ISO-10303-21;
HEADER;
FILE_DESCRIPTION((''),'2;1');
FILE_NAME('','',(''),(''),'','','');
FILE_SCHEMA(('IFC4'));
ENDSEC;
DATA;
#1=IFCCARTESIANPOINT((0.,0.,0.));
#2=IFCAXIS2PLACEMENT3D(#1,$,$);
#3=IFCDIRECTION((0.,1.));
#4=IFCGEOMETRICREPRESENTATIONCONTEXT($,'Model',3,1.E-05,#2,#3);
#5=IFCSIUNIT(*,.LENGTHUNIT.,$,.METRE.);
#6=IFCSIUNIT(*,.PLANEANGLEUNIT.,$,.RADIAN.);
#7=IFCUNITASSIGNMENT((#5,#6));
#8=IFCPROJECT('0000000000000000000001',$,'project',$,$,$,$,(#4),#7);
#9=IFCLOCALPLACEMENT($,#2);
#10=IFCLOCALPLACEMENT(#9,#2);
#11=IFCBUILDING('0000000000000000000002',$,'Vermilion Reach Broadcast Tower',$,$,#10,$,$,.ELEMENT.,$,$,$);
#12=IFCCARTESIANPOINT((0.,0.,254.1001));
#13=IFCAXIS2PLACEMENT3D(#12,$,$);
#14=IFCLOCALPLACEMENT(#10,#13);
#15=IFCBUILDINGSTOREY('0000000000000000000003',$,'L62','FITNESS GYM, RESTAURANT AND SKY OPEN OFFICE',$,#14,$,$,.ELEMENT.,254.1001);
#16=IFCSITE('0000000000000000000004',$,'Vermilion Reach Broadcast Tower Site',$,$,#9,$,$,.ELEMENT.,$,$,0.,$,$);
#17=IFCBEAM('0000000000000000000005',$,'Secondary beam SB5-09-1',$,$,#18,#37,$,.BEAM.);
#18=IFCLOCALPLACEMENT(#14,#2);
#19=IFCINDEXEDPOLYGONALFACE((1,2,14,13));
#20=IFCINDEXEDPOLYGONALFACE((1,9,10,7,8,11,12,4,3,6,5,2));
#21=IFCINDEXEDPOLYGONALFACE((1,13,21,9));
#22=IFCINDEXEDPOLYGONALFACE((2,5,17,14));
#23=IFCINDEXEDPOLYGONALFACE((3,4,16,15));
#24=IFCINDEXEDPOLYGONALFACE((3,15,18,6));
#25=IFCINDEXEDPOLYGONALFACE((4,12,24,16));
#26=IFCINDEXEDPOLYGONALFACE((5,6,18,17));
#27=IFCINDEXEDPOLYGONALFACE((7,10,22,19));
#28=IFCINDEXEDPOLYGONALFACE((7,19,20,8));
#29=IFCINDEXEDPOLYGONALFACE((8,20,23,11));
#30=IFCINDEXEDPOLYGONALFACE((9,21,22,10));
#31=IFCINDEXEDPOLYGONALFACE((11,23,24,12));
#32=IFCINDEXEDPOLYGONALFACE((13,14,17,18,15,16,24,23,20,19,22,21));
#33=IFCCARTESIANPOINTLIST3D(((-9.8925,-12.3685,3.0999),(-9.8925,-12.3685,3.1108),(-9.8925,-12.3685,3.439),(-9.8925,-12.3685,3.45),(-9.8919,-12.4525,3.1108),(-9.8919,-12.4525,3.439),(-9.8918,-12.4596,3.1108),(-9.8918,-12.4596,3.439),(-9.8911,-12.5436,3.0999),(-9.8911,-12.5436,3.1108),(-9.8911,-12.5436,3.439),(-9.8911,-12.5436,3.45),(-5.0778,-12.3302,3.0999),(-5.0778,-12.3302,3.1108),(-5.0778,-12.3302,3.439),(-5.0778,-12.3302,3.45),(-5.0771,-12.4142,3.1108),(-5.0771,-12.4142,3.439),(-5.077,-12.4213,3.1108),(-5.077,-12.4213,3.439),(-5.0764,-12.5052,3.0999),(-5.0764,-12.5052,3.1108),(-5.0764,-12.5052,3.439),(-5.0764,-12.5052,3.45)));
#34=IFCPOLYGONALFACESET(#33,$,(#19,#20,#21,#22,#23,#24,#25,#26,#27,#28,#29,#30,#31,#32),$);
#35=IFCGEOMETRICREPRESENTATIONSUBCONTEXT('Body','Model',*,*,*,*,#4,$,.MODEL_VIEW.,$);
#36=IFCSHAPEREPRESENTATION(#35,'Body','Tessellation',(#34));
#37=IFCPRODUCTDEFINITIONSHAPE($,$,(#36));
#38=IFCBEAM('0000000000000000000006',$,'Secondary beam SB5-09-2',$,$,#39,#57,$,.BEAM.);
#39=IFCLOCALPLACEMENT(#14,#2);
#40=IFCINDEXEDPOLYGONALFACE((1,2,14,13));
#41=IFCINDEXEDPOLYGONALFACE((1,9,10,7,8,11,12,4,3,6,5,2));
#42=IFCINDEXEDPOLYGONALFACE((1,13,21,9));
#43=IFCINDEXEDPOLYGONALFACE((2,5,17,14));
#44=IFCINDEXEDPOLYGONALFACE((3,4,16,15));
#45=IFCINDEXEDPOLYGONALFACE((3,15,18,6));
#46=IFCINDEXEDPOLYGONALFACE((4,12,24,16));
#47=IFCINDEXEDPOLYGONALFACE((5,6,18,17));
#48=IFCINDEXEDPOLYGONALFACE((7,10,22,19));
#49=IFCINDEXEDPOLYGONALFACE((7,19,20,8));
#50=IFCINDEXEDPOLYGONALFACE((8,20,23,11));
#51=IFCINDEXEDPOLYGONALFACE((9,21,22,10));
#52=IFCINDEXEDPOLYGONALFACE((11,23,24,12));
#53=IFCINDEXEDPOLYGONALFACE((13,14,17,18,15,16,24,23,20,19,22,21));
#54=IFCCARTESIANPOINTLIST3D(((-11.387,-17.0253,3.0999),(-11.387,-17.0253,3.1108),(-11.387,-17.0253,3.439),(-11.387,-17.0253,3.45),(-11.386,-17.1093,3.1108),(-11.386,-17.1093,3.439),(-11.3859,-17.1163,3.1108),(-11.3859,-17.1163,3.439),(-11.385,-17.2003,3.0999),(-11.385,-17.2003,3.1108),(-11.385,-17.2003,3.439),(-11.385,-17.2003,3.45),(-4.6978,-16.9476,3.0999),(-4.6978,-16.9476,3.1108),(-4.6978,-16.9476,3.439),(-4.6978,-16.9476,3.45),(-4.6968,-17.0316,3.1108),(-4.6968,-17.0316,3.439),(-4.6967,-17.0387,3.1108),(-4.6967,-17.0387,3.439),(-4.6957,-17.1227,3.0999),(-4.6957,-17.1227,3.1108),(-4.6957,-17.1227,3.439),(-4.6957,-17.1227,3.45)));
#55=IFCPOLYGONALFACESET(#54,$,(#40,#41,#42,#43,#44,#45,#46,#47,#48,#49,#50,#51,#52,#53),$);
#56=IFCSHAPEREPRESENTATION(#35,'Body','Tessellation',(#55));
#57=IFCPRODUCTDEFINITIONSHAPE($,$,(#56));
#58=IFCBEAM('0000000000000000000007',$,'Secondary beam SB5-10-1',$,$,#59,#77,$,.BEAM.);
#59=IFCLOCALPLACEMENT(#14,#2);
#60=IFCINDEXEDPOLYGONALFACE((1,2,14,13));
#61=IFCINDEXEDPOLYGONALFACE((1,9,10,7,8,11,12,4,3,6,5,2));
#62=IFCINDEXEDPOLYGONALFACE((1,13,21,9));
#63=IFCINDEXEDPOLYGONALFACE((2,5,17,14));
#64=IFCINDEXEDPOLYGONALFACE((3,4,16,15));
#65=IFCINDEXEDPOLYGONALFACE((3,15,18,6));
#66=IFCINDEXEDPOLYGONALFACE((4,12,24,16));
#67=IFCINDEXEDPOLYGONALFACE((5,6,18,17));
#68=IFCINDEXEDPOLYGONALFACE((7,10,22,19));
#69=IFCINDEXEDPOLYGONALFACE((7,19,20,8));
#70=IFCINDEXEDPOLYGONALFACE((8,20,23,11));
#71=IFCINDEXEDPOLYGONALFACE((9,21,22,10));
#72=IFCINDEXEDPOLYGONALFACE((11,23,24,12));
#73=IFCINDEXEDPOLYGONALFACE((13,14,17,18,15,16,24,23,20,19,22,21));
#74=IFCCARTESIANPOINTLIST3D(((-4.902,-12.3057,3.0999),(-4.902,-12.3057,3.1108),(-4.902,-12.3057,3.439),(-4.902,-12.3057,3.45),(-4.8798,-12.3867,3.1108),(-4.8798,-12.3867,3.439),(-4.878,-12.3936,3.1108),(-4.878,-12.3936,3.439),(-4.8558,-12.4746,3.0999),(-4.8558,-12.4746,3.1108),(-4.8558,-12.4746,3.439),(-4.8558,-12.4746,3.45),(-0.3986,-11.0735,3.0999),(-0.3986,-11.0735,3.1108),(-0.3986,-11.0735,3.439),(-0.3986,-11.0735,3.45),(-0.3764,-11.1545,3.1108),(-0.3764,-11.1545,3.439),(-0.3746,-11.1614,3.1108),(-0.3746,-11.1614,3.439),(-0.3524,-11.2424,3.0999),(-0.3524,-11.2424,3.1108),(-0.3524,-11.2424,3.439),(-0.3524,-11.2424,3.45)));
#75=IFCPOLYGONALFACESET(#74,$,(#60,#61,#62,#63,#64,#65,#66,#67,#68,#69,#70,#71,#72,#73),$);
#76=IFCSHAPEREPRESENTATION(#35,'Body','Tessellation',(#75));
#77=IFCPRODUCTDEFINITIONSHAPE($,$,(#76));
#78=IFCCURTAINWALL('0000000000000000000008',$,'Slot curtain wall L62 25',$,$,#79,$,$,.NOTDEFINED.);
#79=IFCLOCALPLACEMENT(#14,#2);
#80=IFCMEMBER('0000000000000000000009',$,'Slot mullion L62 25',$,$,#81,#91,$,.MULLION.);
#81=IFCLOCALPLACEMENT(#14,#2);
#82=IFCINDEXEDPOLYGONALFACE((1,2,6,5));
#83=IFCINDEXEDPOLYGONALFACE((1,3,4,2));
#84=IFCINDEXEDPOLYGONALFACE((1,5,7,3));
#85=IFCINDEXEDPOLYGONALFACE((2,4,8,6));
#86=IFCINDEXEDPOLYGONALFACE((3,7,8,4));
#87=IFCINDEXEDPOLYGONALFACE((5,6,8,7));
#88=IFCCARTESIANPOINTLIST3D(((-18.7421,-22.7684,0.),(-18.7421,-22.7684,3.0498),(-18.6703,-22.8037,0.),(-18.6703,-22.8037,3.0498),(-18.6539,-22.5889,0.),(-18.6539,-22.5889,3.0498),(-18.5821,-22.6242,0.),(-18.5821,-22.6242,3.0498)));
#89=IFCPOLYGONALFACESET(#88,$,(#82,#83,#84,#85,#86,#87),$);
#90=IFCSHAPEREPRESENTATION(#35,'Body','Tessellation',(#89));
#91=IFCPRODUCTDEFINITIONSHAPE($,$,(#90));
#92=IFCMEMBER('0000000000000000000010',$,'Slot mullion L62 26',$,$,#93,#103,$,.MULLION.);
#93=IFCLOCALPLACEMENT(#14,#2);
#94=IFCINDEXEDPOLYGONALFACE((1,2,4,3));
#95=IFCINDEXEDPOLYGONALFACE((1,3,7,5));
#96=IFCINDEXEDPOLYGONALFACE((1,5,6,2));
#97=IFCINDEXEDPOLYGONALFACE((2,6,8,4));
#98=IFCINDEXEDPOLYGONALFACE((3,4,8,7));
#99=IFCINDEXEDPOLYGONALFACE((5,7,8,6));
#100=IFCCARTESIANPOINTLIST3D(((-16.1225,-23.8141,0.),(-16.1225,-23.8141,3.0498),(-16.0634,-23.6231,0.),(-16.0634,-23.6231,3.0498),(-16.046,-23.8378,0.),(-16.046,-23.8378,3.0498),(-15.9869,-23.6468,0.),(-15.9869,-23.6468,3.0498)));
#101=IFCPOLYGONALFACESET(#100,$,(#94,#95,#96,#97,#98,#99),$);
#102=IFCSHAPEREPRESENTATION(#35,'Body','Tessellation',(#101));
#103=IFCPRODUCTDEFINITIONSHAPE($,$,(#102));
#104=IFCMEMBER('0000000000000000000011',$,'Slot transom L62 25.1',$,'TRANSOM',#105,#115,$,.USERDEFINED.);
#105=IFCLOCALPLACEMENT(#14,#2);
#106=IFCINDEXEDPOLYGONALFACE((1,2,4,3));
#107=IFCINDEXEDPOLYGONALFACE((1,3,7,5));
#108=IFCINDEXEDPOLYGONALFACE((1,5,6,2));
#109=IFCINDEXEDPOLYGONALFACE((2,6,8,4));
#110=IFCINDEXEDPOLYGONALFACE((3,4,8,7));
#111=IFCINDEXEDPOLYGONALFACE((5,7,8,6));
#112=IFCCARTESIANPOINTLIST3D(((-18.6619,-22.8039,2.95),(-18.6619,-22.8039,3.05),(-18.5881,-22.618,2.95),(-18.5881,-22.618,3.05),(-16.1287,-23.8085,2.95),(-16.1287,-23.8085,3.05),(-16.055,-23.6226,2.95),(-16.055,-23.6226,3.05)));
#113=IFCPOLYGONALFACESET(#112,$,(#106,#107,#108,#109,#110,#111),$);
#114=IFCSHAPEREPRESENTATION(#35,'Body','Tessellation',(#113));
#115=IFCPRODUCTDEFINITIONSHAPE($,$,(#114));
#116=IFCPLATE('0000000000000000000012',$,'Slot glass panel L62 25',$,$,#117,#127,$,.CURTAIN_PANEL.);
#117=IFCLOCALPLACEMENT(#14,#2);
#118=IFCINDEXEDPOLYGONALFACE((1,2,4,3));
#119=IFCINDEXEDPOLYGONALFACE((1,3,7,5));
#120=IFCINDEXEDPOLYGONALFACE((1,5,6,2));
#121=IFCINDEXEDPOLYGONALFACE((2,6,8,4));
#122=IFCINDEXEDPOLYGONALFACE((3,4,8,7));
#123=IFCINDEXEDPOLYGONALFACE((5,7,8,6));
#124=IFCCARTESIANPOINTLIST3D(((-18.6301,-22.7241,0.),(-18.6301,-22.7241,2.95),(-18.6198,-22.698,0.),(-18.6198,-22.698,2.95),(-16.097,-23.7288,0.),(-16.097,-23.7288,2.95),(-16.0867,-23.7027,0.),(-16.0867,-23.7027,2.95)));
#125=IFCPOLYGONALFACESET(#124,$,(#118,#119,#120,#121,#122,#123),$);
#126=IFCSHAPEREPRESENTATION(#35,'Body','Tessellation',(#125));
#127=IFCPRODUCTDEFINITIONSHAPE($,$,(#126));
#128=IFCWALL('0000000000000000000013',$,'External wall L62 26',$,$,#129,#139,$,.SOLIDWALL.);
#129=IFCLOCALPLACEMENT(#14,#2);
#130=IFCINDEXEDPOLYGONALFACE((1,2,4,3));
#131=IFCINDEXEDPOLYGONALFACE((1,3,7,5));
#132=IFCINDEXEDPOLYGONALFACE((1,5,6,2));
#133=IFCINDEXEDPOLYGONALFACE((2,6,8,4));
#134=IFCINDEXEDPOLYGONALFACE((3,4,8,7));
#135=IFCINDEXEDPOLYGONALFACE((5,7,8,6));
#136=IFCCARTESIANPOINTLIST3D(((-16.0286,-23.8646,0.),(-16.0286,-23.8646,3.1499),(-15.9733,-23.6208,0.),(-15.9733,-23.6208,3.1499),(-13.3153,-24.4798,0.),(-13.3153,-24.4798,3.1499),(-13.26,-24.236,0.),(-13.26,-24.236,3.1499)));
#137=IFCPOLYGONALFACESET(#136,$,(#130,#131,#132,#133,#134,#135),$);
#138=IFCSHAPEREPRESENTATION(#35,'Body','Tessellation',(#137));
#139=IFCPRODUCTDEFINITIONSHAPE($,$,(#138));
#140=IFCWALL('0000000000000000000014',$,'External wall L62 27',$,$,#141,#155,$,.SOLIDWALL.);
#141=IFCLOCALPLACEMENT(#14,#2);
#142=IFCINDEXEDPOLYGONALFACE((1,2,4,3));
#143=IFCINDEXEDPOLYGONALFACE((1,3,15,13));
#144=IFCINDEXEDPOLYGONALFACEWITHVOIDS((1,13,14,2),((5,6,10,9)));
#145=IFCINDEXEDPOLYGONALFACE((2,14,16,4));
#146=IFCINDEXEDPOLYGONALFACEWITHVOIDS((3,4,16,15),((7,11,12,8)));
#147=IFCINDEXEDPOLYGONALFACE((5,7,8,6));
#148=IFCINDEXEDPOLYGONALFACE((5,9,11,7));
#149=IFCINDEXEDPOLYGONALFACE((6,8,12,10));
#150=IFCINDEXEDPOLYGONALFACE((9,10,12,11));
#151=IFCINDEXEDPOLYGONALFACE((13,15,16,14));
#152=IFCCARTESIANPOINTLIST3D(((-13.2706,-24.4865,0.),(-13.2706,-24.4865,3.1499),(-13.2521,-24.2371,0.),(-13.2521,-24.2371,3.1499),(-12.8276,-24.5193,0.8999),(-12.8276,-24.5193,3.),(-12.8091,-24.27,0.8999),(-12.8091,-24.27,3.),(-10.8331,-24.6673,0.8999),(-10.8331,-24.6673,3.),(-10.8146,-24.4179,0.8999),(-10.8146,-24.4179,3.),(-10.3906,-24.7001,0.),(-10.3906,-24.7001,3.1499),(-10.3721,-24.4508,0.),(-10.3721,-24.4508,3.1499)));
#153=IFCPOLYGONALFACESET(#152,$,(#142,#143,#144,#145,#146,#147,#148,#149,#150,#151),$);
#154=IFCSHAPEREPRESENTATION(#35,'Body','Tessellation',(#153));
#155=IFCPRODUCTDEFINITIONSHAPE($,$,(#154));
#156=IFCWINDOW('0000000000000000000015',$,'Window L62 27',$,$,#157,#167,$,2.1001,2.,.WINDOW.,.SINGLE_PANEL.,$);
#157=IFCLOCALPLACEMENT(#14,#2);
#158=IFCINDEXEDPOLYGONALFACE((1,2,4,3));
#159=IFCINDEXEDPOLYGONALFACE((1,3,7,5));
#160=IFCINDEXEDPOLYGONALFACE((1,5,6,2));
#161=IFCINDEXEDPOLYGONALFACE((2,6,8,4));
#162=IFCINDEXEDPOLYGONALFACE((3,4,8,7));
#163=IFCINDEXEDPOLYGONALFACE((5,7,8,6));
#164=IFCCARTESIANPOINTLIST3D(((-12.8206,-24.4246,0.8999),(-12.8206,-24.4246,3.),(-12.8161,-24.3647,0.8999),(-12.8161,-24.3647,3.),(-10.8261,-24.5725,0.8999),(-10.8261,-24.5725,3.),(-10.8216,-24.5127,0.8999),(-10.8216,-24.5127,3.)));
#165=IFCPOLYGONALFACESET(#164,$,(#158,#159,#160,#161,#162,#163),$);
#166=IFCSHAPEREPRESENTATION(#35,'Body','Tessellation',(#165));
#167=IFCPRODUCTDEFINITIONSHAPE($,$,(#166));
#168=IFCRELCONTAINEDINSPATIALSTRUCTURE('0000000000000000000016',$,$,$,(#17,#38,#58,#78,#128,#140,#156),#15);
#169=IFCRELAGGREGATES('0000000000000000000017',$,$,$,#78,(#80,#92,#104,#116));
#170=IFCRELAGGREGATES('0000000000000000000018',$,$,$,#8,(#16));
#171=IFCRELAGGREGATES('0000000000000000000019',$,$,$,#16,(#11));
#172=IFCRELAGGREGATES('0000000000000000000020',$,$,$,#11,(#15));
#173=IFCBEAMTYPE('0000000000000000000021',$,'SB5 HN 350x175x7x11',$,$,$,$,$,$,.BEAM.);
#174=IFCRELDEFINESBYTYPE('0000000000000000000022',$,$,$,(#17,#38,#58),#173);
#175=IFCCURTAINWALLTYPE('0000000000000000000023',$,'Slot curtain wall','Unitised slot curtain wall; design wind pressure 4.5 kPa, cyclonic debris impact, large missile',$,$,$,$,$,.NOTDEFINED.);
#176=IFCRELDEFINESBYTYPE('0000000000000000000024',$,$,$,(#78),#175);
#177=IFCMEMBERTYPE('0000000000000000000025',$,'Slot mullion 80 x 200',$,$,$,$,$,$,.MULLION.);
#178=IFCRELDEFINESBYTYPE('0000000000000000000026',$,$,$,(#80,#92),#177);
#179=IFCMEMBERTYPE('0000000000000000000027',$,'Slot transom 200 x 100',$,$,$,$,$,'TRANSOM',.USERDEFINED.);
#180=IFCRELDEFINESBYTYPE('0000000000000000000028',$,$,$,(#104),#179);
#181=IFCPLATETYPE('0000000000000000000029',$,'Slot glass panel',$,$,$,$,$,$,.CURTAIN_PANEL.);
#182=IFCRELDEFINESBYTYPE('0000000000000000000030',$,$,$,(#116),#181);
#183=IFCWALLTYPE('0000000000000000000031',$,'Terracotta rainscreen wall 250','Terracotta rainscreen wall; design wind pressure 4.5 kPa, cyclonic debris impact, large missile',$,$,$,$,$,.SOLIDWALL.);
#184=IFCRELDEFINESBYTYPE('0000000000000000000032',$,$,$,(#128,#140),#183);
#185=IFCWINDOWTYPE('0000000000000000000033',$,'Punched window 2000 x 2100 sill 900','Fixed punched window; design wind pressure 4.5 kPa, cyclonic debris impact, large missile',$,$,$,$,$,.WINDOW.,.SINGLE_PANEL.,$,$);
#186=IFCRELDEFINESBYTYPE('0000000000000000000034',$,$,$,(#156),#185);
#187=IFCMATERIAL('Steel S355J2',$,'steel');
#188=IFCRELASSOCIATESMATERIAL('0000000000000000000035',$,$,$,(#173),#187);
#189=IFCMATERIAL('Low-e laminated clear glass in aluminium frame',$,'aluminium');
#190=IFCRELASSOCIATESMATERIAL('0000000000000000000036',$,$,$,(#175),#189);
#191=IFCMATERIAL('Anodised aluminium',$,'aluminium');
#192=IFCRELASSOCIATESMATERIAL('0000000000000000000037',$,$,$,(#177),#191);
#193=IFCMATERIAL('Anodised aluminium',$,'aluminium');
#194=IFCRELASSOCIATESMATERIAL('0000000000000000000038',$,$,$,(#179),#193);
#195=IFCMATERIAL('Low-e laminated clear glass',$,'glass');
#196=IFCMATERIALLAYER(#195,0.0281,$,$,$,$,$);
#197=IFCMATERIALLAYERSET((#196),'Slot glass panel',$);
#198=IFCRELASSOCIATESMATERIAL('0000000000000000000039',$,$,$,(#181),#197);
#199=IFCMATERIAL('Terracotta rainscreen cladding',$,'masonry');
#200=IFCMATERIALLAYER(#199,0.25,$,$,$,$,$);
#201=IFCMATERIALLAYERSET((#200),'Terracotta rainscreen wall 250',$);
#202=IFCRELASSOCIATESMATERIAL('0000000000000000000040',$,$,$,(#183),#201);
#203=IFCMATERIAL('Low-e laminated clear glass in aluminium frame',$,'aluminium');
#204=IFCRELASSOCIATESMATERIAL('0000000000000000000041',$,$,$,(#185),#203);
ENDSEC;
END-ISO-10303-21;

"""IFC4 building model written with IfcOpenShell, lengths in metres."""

from ifc_helpers import new_model, si_unit, direction, frame, frame_2d, origin, origin_2d, place, context, subcontext, project, spatial, rectangle, i_section, extrude, material, layer, layer_set, material_profile, profile_set, type_object, element, fill, aggregate, save


model = new_model("IFC4")

# Units and contexts
model_context = context("Model", 3, precision=1e-05, world=origin(), true_north=direction((0.0, 1.0)))
body_context = subcontext(model_context, "Body", "Model", "MODEL_VIEW")
ifc_project = project(units=[si_unit("LENGTHUNIT", "METRE"), si_unit("PLANEANGLEUNIT", "RADIAN")], contexts=[model_context])

# Site, building, storey
site_placement = place(None, origin())
site = spatial("IfcSite", under=ifc_project, at=site_placement, Name="Vermilion Reach Broadcast Tower Site", CompositionType="ELEMENT", RefElevation=0.0)
building_placement = place(site_placement, origin())
building = spatial("IfcBuilding", under=site, at=building_placement, Name="Vermilion Reach Broadcast Tower", CompositionType="ELEMENT")
storey_placement = place(building_placement, frame((0.0, 0.0, 254.1001)))
storey = spatial("IfcBuildingStorey", under=building, at=storey_placement, Name="L62", Description="FITNESS GYM, RESTAURANT AND SKY OPEN OFFICE", CompositionType="ELEMENT", Elevation=254.1001)

# Beams
ifc_material_1 = material(Name="Steel S355J2", Category="steel")
ifc_material_profile_1 = material_profile(ifc_material_1, i_section(OverallWidth=0.175, OverallDepth=0.3501, WebThickness=0.0071, FlangeThickness=0.011, at=origin_2d()), Name="S355J2 HN 350x175x7x11")
ifc_profile_set_1 = profile_set([ifc_material_profile_1], Name="Steel S355J2")
beam_type_1 = type_object("IfcBeamType", Name="SB5 HN 350x175x7x11", PredefinedType="BEAM", material=ifc_profile_set_1)
beam_1_placement = place(storey_placement, frame((-9.8918, -12.4561, 3.2749), z_axis=(0.999968, 0.007961, 0.0), x_axis=(-0.007961, 0.999968, 0.0)))
element("IfcBeam", 1, at=beam_1_placement, inside=storey, type_object=beam_type_1, Name="Secondary beam SB5-09-1", PredefinedType="BEAM", context=body_context, shape_type="SweptSolid", body=[
    extrude(i_section(OverallWidth=0.175, OverallDepth=0.3501, WebThickness=0.0071, FlangeThickness=0.011, at=origin_2d()), origin(), (0.0, 0.0, 1.0), 4.8149),
])
beam_2_placement = place(storey_placement, frame((-11.386, -17.1128, 3.2749), z_axis=(0.999933, 0.011605, 0.0), x_axis=(-0.011605, 0.999933, 0.0)))
element("IfcBeam", 2, at=beam_2_placement, inside=storey, type_object=beam_type_1, Name="Secondary beam SB5-09-2", PredefinedType="BEAM", context=body_context, shape_type="SweptSolid", body=[
    extrude(i_section(OverallWidth=0.175, OverallDepth=0.3501, WebThickness=0.0071, FlangeThickness=0.011, at=origin_2d()), origin(), (0.0, 0.0, 1.0), 6.6897),
])
beam_3_placement = place(storey_placement, frame((-4.8789, -12.3901, 3.2749), z_axis=(0.964547, 0.263909, 0.0), x_axis=(-0.263909, 0.964547, 0.0)))
element("IfcBeam", 3, at=beam_3_placement, inside=storey, type_object=beam_type_1, Name="Secondary beam SB5-10-1", PredefinedType="BEAM", context=body_context, shape_type="SweptSolid", body=[
    extrude(i_section(OverallWidth=0.175, OverallDepth=0.3501, WebThickness=0.0071, FlangeThickness=0.011, at=origin_2d()), origin(), (0.0, 0.0, 1.0), 4.6689),
])

# Curtain wall, members, plate
ifc_material_2 = material(Name="Low-e laminated clear glass in aluminium frame", Category="aluminium")
curtain_wall_type = type_object("IfcCurtainWallType", Name="Slot curtain wall", Description="Unitised slot curtain wall; design wind pressure 4.5 kPa, cyclonic debris impact, large missile", PredefinedType="NOTDEFINED", material=ifc_material_2)
curtain_wall_placement = place(storey_placement, origin())
curtain_wall = element("IfcCurtainWall", 4, at=curtain_wall_placement, inside=storey, type_object=curtain_wall_type, Name="Slot curtain wall L62 25", PredefinedType="NOTDEFINED")
ifc_material_3 = material(Name="Anodised aluminium", Category="aluminium")
ifc_material_profile_2 = material_profile(ifc_material_3, rectangle(XDim=0.2, YDim=0.0801, at=origin_2d()), Name="Slot mullion 80 x 200")
ifc_profile_set_2 = profile_set([ifc_material_profile_2], Name="Anodised aluminium")
member_type_1 = type_object("IfcMemberType", Name="Slot mullion 80 x 200", PredefinedType="MULLION", material=ifc_profile_set_2)
member_1_placement = place(storey_placement, frame((-18.6621, -22.6963, 0.0), z_axis=(0.0, 0.0, 1.0), x_axis=(0.441053, 0.897481, 0.0)))
member_1 = element("IfcMember", 5, at=member_1_placement, type_object=member_type_1, Name="Slot mullion L62 25", PredefinedType="MULLION", context=body_context, shape_type="SweptSolid", body=[
    extrude(rectangle(XDim=0.2, YDim=0.0801, at=origin_2d()), origin(), (0.0, 0.0, 1.0), 3.0498),
])
member_2_placement = place(storey_placement, frame((-16.0547, -23.7305, 0.0), z_axis=(0.0, 0.0, 1.0), x_axis=(0.295817, 0.955245, 0.0)))
member_2 = element("IfcMember", 6, at=member_2_placement, type_object=member_type_1, Name="Slot mullion L62 26", PredefinedType="MULLION", context=body_context, shape_type="SweptSolid", body=[
    extrude(rectangle(XDim=0.2, YDim=0.0801, at=origin_2d()), origin(), (0.0, 0.0, 1.0), 3.0498),
])
ifc_material_4 = material(Name="Anodised aluminium", Category="aluminium")
ifc_material_profile_3 = material_profile(ifc_material_4, rectangle(XDim=0.2, YDim=0.1001, at=origin_2d()), Name="Slot transom 200 x 100")
ifc_profile_set_3 = profile_set([ifc_material_profile_3], Name="Anodised aluminium")
member_type_2 = type_object("IfcMemberType", Name="Slot transom 200 x 100", ElementType="TRANSOM", PredefinedType="USERDEFINED", material=ifc_profile_set_3)
member_3_placement = place(storey_placement, frame((-18.625, -22.7109, 3.0), z_axis=(0.929566, -0.368655, 0.0), x_axis=(0.368655, 0.929566, 0.0)))
member_3 = element("IfcMember", 7, at=member_3_placement, type_object=member_type_2, Name="Slot transom L62 25.1", ObjectType="TRANSOM", PredefinedType="USERDEFINED", context=body_context, shape_type="SweptSolid", body=[
    extrude(rectangle(XDim=0.2, YDim=0.1001, at=origin_2d()), origin(), (0.0, 0.0, 1.0), 2.7251),
])
ifc_material_5 = material(Name="Low-e laminated clear glass", Category="glass")
ifc_layer_1 = layer(ifc_material_5, 0.0281)
ifc_layer_set_1 = layer_set([ifc_layer_1], Name="Slot glass panel")
plate_type = type_object("IfcPlateType", Name="Slot glass panel", PredefinedType="CURTAIN_PANEL", material=ifc_layer_set_1)
plate_placement = place(storey_placement, frame((-17.3584, -23.2134, 0.0), z_axis=(0.0, 0.0, 1.0), x_axis=(0.929549, -0.368699, 0.0)))
plate = element("IfcPlate", 8, at=plate_placement, type_object=plate_type, Name="Slot glass panel L62 25", PredefinedType="CURTAIN_PANEL", context=body_context, shape_type="SweptSolid", body=[
    extrude(rectangle(XDim=2.7251, YDim=0.0281, at=origin_2d()), origin(), (0.0, 0.0, 1.0), 2.95),
])
aggregate(curtain_wall, [member_1, member_2, member_3, plate])

# Wall
ifc_material_6 = material(Name="Terracotta rainscreen cladding", Category="masonry")
ifc_layer_2 = layer(ifc_material_6, 0.25)
ifc_layer_set_2 = layer_set([ifc_layer_2], Name="Terracotta rainscreen wall 250")
wall_type = type_object("IfcWallType", Name="Terracotta rainscreen wall 250", Description="Terracotta rainscreen wall; design wind pressure 4.5 kPa, cyclonic debris impact, large missile", PredefinedType="SOLIDWALL", material=ifc_layer_set_2)
wall_1_placement = place(storey_placement, frame((-16.001, -23.7427, 0.0), z_axis=(0.0, 0.0, 1.0), x_axis=(0.975245, -0.221128, 0.0)))
element("IfcWall", 9, at=wall_1_placement, inside=storey, type_object=wall_type, Name="External wall L62 26", PredefinedType="SOLIDWALL", context=body_context, shape_type="SweptSolid", body=[
    extrude(rectangle(XDim=2.7822, YDim=0.25, at=frame_2d((1.3911, 0.0))), origin(), (0.0, 0.0, 1.0), 3.1499),
])

# Wall, opening, window
wall_2_placement = place(storey_placement, frame((-13.2612, -24.3618, 0.0), z_axis=(0.0, 0.0, 1.0), x_axis=(0.997261, -0.073968, 0.0)))
wall_2 = element("IfcWall", 10, at=wall_2_placement, inside=storey, type_object=wall_type, Name="External wall L62 27", PredefinedType="SOLIDWALL", context=body_context, shape_type="SweptSolid", body=[
    extrude(rectangle(XDim=2.8879, YDim=0.25, at=frame_2d((1.4438, 0.0))), origin(), (0.0, 0.0, 1.0), 3.1499),
])
opening_1_placement = place(wall_2_placement, frame((0.4441, 0.0, 0.8999)))
opening_1 = element("IfcOpeningElement", 11, at=opening_1_placement, cuts=wall_2, PredefinedType="OPENING", context=body_context, shape_type="SweptSolid", body=[
    extrude(rectangle(XDim=2.0, YDim=2.1001, at=frame_2d((1.0, 1.05))), frame((0.0, 0.135, 0.0), z_axis=(0.0, -1.0, 0.0), x_axis=(1.0, 0.0, 0.0)), (0.0, 0.0, 1.0), 0.27),
])
ifc_material_7 = material(Name="Low-e laminated clear glass in aluminium frame", Category="aluminium")
window_type = type_object("IfcWindowType", Name="Punched window 2000 x 2100 sill 900", Description="Fixed punched window; design wind pressure 4.5 kPa, cyclonic debris impact, large missile", PartitioningType="SINGLE_PANEL", PredefinedType="WINDOW", material=ifc_material_7)
window_1_placement = place(opening_1_placement, origin())
window_1 = element("IfcWindow", 12, at=window_1_placement, inside=storey, type_object=window_type, Name="Window L62 27", OverallHeight=2.1001, OverallWidth=2.0, PartitioningType="SINGLE_PANEL", PredefinedType="WINDOW", context=body_context, shape_type="SweptSolid", body=[
    extrude(rectangle(XDim=2.0, YDim=2.1001, at=frame_2d((1.0, 1.05))), frame((0.0, 0.03, 0.0), z_axis=(0.0, -1.0, 0.0), x_axis=(1.0, 0.0, 0.0)), (0.0, 0.0, 1.0), 0.0601),
])
fill(opening_1, window_1)

save(model, "model.ifc")
